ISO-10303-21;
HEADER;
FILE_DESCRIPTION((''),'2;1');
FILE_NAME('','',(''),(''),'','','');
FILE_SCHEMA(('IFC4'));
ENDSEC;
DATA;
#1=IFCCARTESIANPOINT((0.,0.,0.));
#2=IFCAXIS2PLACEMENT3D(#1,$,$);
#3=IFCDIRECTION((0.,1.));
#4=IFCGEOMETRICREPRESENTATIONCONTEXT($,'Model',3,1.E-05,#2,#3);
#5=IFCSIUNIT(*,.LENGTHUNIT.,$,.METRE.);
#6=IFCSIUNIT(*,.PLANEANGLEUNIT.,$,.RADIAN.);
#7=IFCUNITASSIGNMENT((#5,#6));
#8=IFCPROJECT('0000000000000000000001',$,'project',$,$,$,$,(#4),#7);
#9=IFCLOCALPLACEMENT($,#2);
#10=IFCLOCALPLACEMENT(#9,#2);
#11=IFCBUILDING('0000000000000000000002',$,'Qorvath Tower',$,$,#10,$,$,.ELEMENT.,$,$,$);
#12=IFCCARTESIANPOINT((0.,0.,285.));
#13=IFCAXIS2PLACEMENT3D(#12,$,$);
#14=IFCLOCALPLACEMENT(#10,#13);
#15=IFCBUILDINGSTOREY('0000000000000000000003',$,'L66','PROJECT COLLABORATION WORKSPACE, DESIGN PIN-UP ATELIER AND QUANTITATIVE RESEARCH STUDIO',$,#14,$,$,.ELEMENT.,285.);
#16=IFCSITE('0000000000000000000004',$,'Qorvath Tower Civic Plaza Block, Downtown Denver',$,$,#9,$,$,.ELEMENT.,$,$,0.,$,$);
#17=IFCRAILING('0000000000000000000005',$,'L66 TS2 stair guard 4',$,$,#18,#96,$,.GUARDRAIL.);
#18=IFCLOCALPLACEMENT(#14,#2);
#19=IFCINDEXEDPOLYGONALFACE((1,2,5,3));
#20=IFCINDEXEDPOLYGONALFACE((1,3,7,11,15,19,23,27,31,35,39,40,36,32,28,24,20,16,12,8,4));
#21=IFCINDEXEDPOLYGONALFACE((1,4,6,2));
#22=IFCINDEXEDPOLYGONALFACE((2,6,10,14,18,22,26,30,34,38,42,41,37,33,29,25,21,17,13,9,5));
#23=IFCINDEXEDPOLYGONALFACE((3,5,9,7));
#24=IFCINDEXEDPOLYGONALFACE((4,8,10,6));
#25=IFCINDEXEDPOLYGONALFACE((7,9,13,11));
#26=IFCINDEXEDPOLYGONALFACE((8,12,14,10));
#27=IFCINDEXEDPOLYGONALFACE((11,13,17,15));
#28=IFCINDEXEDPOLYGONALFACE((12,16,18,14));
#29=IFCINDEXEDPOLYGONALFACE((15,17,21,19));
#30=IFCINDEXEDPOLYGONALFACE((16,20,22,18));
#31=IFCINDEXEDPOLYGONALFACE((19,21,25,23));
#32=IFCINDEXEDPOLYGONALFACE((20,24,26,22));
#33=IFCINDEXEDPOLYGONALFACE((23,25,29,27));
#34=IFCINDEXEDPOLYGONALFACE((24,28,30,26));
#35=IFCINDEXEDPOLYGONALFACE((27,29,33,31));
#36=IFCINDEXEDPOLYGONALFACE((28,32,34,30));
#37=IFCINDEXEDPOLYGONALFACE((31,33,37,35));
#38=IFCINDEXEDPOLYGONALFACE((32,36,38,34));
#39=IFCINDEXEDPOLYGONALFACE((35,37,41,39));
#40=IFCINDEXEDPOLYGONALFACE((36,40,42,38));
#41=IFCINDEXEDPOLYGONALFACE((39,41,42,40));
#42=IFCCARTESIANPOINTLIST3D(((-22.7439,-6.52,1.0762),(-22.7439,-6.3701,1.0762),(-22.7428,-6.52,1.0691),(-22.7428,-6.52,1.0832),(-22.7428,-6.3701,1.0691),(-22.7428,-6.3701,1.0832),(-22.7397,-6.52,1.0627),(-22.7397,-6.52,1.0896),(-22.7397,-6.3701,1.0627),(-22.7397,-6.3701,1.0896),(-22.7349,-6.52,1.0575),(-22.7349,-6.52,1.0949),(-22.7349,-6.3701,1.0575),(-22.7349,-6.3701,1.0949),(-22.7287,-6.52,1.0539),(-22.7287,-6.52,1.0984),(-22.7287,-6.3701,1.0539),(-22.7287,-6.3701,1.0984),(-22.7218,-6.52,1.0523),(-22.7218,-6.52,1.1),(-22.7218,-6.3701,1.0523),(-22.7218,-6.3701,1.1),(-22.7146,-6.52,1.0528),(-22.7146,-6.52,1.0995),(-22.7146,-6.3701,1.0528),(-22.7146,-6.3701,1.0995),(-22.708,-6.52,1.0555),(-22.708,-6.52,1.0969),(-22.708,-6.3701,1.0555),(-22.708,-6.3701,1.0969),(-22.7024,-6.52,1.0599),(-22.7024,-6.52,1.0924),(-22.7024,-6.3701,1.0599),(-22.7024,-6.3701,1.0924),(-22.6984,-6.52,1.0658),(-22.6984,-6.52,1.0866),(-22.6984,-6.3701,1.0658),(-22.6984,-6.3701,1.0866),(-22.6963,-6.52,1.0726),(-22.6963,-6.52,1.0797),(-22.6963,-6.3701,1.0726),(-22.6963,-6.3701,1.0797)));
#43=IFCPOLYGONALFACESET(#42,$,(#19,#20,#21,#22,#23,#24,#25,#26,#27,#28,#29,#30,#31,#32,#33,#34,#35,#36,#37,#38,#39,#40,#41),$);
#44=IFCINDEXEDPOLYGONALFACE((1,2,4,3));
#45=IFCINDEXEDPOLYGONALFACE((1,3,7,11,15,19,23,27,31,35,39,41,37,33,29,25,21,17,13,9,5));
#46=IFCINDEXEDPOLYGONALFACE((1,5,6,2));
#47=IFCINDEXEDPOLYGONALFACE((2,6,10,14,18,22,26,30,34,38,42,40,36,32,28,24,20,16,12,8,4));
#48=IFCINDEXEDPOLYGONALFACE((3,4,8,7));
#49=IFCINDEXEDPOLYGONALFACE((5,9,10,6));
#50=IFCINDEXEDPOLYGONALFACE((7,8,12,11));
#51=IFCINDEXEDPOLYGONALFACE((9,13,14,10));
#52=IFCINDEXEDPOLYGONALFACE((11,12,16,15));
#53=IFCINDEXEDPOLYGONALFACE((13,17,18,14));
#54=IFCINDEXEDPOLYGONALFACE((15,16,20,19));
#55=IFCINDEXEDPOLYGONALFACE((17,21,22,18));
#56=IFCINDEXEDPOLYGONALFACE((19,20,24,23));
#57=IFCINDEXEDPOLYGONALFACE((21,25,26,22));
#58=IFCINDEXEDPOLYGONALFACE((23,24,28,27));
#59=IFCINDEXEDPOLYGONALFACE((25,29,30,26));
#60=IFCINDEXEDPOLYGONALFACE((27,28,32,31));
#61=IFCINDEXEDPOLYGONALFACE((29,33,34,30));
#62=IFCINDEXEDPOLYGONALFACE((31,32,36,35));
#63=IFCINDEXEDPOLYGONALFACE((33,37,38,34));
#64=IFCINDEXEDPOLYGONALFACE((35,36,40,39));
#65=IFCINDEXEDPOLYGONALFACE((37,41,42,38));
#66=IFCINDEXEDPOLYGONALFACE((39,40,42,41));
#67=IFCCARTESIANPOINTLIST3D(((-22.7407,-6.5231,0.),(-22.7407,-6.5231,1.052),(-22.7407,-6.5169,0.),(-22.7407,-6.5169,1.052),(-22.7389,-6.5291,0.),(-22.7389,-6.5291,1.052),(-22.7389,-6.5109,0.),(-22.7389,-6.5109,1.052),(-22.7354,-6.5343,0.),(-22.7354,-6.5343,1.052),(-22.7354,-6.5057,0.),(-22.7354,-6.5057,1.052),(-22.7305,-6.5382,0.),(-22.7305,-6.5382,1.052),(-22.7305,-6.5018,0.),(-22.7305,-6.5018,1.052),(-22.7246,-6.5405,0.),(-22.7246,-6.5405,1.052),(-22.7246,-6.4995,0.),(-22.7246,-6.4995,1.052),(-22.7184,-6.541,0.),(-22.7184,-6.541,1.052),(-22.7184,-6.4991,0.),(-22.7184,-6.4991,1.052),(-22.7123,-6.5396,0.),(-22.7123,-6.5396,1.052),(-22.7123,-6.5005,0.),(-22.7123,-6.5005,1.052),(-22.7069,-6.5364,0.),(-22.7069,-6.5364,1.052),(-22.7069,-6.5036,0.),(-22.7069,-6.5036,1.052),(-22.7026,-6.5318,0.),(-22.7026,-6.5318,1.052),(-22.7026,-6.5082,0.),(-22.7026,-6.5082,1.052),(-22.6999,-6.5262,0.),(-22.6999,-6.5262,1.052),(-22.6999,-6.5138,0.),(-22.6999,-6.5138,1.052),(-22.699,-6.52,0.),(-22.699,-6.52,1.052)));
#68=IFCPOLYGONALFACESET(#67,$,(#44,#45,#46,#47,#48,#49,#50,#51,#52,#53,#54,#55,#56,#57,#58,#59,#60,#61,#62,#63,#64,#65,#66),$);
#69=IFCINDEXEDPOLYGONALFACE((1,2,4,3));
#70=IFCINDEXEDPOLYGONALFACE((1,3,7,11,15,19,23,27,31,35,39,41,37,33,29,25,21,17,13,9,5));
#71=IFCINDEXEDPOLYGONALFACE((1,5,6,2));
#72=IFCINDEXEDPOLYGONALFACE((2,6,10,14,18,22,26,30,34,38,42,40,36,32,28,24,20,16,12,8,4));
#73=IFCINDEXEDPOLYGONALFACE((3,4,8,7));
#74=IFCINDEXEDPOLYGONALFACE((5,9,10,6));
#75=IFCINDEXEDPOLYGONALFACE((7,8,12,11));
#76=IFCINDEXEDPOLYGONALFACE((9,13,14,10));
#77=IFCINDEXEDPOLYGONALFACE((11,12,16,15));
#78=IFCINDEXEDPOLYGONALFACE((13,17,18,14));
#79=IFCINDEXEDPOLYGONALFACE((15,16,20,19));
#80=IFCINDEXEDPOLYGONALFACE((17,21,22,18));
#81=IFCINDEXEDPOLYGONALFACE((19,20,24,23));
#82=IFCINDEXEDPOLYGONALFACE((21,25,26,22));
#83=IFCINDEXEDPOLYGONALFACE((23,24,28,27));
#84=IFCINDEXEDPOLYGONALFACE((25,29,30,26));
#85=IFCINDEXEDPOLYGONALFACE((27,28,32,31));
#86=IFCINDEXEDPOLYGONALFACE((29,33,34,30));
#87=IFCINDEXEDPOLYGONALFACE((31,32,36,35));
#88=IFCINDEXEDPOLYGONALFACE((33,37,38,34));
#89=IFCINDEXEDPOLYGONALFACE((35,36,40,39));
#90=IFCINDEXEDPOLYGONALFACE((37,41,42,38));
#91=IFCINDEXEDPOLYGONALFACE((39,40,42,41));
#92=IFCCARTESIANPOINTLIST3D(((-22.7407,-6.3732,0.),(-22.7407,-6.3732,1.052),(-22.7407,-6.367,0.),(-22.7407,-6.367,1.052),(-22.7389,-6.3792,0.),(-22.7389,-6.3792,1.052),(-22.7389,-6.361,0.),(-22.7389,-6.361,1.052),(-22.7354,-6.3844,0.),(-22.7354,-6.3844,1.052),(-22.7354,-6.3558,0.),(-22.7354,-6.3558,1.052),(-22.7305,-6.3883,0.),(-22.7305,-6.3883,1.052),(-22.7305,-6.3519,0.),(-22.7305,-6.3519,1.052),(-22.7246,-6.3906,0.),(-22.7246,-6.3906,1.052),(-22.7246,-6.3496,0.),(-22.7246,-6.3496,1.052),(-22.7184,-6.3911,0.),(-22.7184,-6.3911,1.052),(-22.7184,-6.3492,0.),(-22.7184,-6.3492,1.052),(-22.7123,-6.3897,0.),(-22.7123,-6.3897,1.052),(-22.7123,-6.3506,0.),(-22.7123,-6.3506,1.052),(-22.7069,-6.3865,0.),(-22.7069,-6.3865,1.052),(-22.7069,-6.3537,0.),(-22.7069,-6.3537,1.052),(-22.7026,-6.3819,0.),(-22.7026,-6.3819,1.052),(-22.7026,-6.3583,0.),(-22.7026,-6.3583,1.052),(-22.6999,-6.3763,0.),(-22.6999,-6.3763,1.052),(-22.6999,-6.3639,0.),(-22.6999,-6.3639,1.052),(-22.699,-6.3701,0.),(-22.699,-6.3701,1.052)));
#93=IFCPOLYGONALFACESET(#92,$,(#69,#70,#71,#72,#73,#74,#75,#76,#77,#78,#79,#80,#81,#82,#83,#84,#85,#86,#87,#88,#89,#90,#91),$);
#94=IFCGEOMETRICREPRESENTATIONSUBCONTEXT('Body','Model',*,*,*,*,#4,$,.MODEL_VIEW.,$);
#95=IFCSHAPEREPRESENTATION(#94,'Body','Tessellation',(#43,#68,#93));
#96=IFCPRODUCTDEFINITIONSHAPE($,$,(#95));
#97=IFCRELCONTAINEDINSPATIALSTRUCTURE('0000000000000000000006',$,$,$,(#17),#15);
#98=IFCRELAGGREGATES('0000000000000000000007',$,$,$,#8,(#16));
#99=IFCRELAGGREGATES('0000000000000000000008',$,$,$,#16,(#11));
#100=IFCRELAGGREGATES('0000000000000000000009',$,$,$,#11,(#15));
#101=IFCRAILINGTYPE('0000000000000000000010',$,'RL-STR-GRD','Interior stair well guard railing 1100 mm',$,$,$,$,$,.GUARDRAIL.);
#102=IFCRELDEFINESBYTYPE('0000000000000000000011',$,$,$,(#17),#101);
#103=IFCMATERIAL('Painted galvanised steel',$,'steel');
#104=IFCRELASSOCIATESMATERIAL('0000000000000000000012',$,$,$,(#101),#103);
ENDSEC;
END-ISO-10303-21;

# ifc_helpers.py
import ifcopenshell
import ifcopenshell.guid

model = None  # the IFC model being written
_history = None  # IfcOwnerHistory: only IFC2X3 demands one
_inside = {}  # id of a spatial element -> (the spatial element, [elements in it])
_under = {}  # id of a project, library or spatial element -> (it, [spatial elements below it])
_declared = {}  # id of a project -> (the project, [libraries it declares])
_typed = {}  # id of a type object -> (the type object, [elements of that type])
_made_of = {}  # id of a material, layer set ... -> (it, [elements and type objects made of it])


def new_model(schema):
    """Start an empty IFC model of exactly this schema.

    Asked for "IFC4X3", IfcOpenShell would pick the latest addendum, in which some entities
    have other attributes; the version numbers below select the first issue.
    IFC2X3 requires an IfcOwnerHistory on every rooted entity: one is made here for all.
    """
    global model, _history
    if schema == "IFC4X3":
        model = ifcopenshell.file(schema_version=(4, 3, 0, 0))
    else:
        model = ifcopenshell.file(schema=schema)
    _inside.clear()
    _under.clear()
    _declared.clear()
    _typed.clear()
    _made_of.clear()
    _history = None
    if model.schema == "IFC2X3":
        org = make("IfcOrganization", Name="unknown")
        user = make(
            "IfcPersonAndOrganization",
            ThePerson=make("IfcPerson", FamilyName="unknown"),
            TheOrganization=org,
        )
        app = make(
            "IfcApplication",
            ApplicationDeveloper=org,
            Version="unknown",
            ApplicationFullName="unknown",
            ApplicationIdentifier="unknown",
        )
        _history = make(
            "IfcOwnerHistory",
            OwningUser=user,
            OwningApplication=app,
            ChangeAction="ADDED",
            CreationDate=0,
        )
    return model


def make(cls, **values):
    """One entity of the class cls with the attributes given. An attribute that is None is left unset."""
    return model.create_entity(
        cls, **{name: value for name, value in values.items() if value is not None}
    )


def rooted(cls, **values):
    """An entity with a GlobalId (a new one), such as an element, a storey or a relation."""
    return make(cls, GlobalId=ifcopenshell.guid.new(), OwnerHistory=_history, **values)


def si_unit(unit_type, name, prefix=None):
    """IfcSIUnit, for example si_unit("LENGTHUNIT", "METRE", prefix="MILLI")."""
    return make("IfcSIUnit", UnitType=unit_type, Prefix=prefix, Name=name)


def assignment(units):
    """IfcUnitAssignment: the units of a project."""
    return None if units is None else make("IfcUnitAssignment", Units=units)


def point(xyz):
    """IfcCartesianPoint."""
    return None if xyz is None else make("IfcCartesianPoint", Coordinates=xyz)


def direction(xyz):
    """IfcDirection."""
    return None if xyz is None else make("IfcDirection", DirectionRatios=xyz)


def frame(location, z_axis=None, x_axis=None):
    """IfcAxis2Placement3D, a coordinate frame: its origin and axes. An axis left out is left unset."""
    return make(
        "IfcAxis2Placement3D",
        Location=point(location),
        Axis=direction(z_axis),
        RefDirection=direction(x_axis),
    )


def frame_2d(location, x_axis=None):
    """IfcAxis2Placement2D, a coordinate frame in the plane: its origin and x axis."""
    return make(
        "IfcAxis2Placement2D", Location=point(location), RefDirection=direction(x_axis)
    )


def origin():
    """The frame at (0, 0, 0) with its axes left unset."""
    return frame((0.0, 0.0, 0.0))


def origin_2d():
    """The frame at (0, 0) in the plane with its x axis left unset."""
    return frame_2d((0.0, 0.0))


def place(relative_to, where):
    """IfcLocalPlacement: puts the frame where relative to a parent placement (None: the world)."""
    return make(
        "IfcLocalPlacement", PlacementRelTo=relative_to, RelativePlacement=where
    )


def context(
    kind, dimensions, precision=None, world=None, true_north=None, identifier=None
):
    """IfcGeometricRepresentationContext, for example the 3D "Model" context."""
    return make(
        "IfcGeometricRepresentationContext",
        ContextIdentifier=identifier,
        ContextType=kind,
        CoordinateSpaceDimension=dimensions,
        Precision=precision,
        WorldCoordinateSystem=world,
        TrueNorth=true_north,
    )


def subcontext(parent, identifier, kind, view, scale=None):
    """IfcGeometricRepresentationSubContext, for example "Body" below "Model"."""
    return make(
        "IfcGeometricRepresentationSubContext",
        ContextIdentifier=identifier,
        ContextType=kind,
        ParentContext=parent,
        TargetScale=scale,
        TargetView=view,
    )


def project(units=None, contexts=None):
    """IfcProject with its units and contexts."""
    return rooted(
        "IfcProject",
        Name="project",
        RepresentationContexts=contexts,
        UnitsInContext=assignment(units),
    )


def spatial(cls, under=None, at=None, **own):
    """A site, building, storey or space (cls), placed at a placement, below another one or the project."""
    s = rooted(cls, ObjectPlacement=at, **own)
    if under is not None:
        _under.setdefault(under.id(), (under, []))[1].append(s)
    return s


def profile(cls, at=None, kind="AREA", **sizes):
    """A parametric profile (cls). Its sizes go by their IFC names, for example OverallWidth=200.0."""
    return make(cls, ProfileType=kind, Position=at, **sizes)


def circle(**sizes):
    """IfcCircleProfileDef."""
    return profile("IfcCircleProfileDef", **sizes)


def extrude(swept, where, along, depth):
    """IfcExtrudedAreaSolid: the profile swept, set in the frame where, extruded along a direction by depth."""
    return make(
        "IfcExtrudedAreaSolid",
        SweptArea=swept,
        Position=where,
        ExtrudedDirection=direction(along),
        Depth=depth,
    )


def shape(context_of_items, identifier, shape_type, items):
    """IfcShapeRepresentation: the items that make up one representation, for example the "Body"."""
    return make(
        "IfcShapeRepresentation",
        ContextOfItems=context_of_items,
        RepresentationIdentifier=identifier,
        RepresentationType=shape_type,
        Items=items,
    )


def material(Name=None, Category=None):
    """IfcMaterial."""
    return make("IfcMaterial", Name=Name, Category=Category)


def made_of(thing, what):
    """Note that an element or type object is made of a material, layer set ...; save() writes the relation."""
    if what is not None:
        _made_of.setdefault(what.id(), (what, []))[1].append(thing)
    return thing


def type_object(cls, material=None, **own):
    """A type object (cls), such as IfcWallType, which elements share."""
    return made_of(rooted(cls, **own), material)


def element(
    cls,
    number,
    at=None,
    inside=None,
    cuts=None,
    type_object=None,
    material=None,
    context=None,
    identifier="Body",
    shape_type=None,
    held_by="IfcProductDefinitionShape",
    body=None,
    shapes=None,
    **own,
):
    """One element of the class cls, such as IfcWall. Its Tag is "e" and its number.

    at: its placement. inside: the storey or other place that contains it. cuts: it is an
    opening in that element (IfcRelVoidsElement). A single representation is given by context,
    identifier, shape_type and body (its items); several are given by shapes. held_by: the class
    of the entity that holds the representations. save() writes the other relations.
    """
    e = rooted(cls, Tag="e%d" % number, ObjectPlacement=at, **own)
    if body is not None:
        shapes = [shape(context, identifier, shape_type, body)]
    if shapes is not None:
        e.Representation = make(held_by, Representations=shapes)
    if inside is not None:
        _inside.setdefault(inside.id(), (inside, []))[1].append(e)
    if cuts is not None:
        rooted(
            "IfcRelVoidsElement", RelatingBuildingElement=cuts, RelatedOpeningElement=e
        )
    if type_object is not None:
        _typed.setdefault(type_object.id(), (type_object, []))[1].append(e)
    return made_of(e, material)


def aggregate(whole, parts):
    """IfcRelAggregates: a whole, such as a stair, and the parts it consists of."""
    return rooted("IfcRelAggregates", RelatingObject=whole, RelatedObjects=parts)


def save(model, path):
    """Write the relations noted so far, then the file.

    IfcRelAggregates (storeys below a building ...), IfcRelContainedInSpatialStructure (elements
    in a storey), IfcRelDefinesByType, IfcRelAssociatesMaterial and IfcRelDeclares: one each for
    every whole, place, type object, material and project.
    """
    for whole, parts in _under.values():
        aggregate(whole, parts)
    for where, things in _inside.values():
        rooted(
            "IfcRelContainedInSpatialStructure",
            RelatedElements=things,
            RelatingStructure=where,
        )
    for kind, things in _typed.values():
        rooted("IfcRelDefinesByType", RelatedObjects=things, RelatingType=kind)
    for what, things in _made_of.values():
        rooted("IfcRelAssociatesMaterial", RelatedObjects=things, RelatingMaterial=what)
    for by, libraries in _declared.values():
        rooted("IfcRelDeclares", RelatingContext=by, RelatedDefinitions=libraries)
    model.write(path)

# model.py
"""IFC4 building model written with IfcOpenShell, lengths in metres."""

from ifc_helpers import new_model, si_unit, direction, frame, origin, origin_2d, place, context, subcontext, project, spatial, circle, extrude, material, type_object, element, save


model = new_model("IFC4")

# Units and contexts
model_context = context("Model", 3, precision=1e-05, world=origin(), true_north=direction((0.0, 1.0)))
body_context = subcontext(model_context, "Body", "Model", "MODEL_VIEW")
ifc_project = project(units=[si_unit("LENGTHUNIT", "METRE"), si_unit("PLANEANGLEUNIT", "RADIAN")], contexts=[model_context])

# Site, building, storey
site_placement = place(None, origin())
site = spatial("IfcSite", under=ifc_project, at=site_placement, Name="Qorvath Tower Civic Plaza Block, Downtown Denver", CompositionType="ELEMENT", RefElevation=0.0)
building_placement = place(site_placement, origin())
building = spatial("IfcBuilding", under=site, at=building_placement, Name="Qorvath Tower", CompositionType="ELEMENT")
storey_placement = place(building_placement, frame((0.0, 0.0, 285.0)))
storey = spatial("IfcBuildingStorey", under=building, at=storey_placement, Name="L66", Description="PROJECT COLLABORATION WORKSPACE, DESIGN PIN-UP ATELIER AND QUANTITATIVE RESEARCH STUDIO", CompositionType="ELEMENT", Elevation=285.0)

# Railing
ifc_material_1 = material(Name="Painted galvanised steel", Category="steel")
railing_type_1 = type_object("IfcRailingType", Name="RL-STR-GRD", Description="Interior stair well guard railing 1100 mm", PredefinedType="GUARDRAIL", material=ifc_material_1)
railing_1_placement = place(storey_placement, frame((-22.72, -6.52, 0.0)))
element("IfcRailing", 1, at=railing_1_placement, inside=storey, type_object=railing_type_1, Name="L66 TS2 stair guard 4", PredefinedType="GUARDRAIL", context=body_context, shape_type="SweptSolid", body=[
    extrude(circle(Radius=0.0239, at=origin_2d()), frame((0.0, 0.0, 1.0762), z_axis=(0.0, 1.0, 0.0), x_axis=(-1.0, 0.0, 0.0)), (0.0, 0.0, 1.0), 0.1499),
    extrude(circle(Radius=0.021, at=origin_2d()), origin(), (0.0, 0.0, 1.0), 1.052),
    extrude(circle(Radius=0.021, at=origin_2d()), frame((0.0, 0.1499, 0.0)), (0.0, 0.0, 1.0), 1.052),
])

save(model, "model.ifc")
